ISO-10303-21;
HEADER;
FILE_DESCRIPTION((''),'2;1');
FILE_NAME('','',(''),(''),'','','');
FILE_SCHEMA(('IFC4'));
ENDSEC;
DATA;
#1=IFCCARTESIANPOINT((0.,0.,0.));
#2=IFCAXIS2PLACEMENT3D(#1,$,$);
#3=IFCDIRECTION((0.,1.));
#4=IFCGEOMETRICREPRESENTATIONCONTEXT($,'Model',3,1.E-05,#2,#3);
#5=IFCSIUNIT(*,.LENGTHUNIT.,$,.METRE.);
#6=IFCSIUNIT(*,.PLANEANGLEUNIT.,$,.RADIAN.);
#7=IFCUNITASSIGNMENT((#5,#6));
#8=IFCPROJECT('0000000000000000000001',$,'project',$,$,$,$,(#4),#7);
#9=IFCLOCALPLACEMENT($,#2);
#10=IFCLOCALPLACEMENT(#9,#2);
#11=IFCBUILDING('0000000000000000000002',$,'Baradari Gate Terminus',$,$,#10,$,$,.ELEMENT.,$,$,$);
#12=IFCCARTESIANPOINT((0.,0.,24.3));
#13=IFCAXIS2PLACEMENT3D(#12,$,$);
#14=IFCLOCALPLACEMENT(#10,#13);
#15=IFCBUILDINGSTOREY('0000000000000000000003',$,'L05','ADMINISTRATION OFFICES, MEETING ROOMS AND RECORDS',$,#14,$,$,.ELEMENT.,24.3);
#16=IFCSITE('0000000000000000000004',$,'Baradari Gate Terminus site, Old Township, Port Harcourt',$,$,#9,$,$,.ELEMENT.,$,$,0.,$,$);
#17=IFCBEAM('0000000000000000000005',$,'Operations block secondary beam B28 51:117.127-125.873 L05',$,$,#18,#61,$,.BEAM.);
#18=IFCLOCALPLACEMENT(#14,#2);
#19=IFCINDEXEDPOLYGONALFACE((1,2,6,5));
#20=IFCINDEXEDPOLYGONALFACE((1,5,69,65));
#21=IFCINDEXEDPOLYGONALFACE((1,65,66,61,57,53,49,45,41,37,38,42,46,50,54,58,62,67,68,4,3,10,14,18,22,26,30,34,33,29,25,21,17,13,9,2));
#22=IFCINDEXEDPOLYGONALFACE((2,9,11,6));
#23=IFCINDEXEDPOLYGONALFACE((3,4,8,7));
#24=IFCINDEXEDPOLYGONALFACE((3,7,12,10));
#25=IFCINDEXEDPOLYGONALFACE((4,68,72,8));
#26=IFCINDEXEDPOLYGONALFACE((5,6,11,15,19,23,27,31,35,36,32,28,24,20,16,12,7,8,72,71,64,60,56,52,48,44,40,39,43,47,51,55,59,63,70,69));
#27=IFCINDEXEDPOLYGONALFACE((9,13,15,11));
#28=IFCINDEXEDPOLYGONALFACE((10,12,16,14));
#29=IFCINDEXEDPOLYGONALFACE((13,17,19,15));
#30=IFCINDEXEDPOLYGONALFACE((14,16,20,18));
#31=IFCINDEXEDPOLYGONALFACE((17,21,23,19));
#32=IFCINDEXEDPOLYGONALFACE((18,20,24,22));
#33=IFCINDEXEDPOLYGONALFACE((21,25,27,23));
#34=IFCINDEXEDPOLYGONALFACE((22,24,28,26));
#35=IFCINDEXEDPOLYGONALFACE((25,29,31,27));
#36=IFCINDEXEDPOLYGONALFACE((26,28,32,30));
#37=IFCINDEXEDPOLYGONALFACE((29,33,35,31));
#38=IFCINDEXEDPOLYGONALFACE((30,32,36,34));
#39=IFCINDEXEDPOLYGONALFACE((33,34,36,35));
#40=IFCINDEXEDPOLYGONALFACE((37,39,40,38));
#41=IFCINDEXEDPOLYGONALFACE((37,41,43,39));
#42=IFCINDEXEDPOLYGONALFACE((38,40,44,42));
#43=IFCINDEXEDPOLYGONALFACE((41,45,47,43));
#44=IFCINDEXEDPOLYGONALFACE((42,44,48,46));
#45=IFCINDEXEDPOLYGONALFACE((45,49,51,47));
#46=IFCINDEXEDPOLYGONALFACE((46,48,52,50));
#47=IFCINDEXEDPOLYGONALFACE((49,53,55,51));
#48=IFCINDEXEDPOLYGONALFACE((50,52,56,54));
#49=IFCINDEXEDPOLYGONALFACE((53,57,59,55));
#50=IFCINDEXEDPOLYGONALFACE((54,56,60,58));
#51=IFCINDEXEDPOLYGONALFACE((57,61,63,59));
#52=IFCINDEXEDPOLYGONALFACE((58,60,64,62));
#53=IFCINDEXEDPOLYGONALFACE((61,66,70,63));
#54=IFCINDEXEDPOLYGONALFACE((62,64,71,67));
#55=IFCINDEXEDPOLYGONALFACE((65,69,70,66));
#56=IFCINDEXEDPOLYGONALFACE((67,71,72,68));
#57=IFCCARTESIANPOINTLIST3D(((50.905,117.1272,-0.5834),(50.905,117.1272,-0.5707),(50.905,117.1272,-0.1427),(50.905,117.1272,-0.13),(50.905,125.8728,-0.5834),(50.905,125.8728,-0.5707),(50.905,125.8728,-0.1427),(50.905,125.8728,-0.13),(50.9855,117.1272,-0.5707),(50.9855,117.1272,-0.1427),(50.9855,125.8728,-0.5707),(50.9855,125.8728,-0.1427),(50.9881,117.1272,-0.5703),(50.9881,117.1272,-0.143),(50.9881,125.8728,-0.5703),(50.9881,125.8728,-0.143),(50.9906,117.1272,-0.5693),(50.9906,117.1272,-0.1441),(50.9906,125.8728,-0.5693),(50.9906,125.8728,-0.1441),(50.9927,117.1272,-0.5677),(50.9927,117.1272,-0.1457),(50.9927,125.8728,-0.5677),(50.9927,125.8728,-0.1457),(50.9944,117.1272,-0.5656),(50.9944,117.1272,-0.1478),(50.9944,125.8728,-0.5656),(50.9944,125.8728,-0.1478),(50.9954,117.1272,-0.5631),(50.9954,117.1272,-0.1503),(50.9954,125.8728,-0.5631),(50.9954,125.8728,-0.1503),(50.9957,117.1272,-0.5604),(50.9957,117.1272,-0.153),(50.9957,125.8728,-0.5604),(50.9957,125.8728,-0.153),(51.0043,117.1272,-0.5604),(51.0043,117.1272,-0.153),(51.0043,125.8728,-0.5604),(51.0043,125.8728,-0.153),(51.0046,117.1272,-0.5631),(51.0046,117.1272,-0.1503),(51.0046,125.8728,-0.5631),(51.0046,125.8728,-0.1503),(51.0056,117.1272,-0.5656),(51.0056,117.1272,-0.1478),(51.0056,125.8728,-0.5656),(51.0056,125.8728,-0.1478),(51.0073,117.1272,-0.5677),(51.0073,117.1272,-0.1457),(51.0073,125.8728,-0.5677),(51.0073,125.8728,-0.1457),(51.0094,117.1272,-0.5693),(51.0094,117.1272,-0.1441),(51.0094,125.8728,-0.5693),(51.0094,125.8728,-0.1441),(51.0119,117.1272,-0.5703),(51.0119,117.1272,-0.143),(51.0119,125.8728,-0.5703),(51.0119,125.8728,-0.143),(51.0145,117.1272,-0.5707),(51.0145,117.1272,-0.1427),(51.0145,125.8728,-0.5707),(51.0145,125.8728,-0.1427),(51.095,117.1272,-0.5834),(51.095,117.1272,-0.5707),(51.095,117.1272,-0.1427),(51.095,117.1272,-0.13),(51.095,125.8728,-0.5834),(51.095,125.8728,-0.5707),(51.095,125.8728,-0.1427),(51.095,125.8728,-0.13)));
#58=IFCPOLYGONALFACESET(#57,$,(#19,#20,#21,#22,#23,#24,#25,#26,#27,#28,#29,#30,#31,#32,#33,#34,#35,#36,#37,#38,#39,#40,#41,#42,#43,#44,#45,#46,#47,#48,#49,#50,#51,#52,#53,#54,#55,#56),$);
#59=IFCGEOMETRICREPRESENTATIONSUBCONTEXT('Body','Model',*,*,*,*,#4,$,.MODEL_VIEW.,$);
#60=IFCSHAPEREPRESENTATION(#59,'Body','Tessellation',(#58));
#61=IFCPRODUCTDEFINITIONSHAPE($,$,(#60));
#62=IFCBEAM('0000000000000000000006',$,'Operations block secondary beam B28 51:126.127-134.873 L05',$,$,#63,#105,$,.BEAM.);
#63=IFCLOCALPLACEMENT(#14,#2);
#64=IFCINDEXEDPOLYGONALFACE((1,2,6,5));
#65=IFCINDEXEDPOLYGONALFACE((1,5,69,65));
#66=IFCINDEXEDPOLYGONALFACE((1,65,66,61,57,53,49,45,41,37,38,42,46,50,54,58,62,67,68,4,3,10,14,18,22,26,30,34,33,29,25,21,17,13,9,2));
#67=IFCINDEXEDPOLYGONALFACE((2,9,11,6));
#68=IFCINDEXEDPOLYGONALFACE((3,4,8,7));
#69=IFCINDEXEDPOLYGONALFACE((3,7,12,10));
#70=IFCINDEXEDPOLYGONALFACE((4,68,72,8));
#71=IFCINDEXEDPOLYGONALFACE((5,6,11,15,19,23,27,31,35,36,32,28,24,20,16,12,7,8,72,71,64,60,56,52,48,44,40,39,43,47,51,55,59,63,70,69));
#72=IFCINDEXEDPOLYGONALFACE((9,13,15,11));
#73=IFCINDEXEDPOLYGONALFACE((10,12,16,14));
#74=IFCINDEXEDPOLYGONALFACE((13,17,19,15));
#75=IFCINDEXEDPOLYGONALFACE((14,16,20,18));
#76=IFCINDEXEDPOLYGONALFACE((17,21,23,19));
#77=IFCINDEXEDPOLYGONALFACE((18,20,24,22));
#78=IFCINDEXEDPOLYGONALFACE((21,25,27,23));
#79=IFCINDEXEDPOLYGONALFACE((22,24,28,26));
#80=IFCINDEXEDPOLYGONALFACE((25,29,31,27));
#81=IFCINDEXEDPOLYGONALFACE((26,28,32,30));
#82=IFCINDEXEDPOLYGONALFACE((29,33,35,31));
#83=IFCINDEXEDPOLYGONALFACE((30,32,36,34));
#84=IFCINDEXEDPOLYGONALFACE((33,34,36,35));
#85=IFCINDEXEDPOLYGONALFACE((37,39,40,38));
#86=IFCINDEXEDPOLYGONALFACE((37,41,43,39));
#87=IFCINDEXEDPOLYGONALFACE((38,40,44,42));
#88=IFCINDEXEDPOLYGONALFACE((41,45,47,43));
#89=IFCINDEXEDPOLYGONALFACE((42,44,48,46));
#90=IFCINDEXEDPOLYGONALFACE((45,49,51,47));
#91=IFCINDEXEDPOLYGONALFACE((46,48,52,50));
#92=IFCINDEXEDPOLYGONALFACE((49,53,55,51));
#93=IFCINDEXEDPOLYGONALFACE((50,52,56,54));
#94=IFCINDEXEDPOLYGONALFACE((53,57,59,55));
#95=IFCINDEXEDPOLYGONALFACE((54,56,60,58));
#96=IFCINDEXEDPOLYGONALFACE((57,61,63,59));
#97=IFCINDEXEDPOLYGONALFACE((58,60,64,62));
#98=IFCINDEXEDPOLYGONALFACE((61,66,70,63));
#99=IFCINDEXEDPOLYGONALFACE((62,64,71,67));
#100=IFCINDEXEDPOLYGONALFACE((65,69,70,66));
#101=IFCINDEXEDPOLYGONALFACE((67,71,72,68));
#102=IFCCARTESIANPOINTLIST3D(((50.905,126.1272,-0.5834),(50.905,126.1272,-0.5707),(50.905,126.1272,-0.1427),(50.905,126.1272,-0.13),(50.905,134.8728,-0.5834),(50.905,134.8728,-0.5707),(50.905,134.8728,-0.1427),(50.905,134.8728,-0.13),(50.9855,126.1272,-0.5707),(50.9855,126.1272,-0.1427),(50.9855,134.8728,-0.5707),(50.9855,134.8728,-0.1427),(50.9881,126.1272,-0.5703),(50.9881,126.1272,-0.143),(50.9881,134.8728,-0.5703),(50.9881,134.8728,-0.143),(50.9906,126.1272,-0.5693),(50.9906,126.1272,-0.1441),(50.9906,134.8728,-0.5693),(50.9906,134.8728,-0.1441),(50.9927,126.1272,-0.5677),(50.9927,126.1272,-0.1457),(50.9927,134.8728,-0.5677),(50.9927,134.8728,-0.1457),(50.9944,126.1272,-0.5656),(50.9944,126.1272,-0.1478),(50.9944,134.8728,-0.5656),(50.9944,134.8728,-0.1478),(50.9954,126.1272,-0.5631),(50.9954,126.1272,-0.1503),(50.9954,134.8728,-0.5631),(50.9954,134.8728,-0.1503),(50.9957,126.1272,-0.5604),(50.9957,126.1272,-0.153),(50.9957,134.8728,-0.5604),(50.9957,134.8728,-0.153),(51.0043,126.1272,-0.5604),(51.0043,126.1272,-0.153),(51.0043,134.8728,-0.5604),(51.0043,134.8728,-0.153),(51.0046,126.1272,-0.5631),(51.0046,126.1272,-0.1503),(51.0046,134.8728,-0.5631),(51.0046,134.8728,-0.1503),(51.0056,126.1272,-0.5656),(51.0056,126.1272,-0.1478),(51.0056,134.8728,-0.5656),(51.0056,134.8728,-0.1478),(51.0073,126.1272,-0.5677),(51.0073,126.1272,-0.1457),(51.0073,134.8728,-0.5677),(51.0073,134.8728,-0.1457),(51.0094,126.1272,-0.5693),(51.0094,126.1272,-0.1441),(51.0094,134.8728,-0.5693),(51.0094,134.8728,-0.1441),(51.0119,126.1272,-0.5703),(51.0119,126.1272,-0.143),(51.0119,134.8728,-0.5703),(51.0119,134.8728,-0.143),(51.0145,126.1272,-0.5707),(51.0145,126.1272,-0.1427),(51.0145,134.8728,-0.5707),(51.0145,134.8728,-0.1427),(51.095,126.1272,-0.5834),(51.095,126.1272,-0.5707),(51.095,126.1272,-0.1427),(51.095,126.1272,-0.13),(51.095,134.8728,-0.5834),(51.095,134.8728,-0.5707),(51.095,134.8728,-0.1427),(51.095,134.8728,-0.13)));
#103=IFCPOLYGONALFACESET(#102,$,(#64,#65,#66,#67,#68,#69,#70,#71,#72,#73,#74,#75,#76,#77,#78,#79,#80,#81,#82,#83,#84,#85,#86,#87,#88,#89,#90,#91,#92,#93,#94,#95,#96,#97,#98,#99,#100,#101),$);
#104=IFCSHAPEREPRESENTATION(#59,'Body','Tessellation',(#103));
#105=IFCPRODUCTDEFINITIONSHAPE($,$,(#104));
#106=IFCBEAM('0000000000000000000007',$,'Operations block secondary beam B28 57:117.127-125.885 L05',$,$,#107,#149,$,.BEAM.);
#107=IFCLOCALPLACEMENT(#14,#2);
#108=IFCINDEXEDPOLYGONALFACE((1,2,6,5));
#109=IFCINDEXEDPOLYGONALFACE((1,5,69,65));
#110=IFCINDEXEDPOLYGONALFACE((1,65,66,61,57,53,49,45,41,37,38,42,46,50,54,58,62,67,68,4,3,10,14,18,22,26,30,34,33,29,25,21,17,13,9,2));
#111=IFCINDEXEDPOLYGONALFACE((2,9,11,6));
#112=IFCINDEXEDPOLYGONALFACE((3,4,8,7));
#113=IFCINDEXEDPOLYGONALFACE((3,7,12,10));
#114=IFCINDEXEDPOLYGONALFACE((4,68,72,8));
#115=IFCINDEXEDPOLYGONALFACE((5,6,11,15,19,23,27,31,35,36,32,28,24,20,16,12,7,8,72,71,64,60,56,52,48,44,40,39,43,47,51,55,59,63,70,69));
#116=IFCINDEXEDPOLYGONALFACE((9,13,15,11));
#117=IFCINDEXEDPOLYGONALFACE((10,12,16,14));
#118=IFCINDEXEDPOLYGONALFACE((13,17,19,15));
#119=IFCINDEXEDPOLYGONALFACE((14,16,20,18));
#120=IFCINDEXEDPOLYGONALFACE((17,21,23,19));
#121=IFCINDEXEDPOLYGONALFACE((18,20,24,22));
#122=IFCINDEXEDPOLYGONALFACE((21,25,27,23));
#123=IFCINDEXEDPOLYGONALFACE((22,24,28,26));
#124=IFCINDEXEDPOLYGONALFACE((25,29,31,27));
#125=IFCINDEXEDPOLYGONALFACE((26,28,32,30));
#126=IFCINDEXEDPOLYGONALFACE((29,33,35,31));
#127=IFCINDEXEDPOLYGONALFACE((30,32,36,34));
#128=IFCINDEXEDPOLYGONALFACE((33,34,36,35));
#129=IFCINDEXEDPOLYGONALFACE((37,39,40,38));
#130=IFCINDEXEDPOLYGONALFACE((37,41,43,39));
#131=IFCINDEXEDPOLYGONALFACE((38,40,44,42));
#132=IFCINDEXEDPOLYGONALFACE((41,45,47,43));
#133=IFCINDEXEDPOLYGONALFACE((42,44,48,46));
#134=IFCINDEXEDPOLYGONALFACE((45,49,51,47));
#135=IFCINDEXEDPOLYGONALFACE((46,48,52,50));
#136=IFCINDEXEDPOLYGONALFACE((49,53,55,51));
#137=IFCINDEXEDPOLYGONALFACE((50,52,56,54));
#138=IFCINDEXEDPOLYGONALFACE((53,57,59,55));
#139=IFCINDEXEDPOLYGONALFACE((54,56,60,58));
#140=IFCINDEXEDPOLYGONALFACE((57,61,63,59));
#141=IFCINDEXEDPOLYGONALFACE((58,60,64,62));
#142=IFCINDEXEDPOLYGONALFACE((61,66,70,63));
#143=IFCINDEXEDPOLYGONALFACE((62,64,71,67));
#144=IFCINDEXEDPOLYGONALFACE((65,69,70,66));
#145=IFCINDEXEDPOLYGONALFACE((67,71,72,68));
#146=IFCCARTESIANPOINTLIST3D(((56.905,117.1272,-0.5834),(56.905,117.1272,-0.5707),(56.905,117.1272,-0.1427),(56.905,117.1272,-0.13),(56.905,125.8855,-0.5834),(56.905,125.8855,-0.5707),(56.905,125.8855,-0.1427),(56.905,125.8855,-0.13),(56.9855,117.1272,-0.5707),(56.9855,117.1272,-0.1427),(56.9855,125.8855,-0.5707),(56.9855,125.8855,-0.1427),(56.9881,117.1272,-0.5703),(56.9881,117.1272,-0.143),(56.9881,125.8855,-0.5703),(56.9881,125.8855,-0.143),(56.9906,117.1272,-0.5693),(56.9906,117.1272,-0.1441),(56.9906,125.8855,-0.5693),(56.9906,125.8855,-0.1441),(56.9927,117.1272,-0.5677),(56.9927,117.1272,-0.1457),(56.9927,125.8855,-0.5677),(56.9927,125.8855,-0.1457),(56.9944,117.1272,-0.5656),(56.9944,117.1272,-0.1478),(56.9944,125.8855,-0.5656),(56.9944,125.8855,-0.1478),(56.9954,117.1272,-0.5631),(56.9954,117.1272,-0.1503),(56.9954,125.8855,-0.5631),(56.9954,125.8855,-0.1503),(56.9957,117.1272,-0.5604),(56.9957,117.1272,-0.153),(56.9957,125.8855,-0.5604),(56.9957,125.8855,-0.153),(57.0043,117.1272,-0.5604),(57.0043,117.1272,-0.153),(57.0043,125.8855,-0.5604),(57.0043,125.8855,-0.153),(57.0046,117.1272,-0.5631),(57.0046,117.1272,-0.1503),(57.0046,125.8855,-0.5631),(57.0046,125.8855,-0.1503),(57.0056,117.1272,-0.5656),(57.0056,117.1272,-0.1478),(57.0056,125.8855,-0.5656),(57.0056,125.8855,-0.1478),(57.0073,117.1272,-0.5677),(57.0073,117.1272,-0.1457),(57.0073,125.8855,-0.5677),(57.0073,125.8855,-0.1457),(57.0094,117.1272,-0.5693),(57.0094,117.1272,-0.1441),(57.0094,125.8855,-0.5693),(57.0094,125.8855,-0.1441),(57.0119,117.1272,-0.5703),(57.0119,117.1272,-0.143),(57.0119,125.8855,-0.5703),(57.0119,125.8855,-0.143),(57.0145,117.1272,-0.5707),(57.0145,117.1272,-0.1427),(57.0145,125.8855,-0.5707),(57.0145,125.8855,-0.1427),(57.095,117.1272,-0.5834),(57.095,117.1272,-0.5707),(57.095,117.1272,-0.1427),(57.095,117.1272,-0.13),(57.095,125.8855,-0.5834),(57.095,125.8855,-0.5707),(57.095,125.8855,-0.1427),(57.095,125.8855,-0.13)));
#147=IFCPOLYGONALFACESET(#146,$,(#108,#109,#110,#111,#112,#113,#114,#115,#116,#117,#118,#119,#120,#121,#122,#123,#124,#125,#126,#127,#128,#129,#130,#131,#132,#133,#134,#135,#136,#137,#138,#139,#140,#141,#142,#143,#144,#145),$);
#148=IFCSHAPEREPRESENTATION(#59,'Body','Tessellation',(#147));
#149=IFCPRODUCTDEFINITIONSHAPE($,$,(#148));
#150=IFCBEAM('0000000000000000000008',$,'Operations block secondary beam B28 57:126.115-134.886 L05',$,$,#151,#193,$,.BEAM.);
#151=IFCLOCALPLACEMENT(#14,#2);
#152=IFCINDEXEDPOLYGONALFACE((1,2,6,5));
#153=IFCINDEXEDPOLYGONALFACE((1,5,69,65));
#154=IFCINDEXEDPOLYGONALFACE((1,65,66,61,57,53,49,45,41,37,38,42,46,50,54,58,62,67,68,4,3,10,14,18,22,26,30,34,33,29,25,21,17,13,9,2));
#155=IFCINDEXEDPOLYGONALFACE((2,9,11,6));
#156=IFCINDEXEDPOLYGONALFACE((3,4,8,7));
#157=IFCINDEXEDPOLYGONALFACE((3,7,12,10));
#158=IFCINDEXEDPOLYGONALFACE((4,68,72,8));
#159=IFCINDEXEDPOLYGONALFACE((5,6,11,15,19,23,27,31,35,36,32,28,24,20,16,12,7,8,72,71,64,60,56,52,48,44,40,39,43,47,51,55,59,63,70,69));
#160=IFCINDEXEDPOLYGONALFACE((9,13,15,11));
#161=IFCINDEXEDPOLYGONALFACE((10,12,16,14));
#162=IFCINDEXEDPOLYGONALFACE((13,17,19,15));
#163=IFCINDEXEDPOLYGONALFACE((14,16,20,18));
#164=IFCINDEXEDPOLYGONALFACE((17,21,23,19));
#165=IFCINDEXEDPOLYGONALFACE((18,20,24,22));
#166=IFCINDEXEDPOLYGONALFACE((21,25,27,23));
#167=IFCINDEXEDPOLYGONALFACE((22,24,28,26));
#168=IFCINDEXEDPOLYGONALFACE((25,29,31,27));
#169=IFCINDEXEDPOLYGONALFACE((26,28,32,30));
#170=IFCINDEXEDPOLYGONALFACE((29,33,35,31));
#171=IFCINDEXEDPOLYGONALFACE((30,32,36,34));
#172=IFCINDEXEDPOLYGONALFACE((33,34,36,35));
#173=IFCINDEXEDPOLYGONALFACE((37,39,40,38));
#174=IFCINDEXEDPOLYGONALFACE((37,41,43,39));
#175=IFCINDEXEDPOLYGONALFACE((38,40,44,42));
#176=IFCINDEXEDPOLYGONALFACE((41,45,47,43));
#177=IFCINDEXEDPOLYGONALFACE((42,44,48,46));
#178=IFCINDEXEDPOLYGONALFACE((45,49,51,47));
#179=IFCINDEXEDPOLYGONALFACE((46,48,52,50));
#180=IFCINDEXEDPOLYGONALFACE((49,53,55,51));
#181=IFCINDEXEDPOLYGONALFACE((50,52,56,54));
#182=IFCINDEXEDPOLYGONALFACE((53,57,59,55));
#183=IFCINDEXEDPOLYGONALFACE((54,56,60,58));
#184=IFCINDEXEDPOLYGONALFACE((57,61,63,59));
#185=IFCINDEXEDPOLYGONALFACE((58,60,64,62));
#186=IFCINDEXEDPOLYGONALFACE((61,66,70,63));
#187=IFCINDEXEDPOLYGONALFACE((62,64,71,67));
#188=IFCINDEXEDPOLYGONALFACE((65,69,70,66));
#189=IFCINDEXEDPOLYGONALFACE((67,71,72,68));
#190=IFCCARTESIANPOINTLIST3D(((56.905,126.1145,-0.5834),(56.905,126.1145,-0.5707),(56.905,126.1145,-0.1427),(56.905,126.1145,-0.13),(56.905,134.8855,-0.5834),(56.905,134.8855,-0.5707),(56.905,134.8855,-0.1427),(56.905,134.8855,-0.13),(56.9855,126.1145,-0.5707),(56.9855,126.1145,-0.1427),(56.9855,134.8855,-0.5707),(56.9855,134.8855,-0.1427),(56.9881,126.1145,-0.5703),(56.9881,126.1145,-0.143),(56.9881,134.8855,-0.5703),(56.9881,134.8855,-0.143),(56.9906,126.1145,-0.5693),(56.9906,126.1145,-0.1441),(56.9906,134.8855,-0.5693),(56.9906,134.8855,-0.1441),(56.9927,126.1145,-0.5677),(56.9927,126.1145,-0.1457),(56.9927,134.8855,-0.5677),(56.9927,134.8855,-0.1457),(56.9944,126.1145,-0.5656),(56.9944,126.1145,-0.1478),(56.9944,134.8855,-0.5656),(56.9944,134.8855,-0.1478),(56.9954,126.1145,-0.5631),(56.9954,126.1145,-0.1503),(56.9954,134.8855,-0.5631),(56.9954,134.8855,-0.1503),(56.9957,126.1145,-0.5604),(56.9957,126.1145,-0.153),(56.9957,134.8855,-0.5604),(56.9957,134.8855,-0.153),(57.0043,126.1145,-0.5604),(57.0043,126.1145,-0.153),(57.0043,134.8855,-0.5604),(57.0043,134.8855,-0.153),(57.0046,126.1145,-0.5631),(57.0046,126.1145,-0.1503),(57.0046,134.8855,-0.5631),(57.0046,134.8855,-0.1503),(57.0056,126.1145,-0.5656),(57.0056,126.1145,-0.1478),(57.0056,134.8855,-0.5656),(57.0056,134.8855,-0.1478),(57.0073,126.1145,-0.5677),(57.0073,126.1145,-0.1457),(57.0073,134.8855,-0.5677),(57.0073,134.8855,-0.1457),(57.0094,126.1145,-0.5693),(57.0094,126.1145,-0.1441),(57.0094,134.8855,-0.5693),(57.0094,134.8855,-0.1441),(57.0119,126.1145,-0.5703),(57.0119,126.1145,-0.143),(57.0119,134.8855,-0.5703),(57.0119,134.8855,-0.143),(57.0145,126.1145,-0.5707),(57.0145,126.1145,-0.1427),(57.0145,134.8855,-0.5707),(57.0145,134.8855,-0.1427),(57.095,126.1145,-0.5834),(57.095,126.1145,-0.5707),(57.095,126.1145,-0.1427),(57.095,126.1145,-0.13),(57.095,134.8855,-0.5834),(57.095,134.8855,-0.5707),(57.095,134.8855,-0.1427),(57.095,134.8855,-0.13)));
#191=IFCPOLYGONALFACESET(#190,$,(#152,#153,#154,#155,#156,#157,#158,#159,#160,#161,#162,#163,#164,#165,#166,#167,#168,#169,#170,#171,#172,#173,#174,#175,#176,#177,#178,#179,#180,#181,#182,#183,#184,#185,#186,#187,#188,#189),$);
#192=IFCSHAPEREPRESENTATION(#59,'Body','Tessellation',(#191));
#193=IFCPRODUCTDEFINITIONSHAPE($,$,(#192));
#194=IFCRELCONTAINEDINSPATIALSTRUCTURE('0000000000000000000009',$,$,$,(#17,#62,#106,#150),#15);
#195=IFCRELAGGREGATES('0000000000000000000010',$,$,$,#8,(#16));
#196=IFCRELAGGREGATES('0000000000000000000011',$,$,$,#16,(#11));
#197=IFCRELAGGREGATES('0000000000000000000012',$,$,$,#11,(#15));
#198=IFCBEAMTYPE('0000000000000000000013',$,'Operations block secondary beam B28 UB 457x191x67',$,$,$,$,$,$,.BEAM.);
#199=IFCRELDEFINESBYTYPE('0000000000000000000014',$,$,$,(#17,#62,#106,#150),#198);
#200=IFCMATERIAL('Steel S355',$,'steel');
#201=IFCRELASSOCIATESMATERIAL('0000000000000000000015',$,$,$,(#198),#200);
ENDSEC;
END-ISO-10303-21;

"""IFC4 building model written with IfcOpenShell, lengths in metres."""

from ifc_helpers import new_model, si_unit, direction, frame, origin, origin_2d, place, context, subcontext, project, spatial, i_section, extrude, material, material_profile, profile_set, type_object, element, save


model = new_model("IFC4")

# Units and contexts
model_context = context("Model", 3, precision=1e-05, world=origin(), true_north=direction((0.0, 1.0)))
body_context = subcontext(model_context, "Body", "Model", "MODEL_VIEW")
ifc_project = project(units=[si_unit("LENGTHUNIT", "METRE"), si_unit("PLANEANGLEUNIT", "RADIAN")], contexts=[model_context])

# Site, building, storey
site_placement = place(None, origin())
site = spatial("IfcSite", under=ifc_project, at=site_placement, Name="Baradari Gate Terminus site, Old Township, Port Harcourt", CompositionType="ELEMENT", RefElevation=0.0)
building_placement = place(site_placement, origin())
building = spatial("IfcBuilding", under=site, at=building_placement, Name="Baradari Gate Terminus", CompositionType="ELEMENT")
storey_placement = place(building_placement, frame((0.0, 0.0, 24.3)))
storey = spatial("IfcBuildingStorey", under=building, at=storey_placement, Name="L05", Description="ADMINISTRATION OFFICES, MEETING ROOMS AND RECORDS", CompositionType="ELEMENT", Elevation=24.3)

# Beams
ifc_material_1 = material(Name="Steel S355", Category="steel")
ifc_material_profile_1 = material_profile(ifc_material_1, i_section(OverallWidth=0.1899, OverallDepth=0.4534, WebThickness=0.0085, FlangeThickness=0.0127, FilletRadius=0.0103, at=origin_2d()), Name="UB 457x191x67")
ifc_profile_set_1 = profile_set([ifc_material_profile_1], Name="Steel S355")
beam_type_1 = type_object("IfcBeamType", Name="Operations block secondary beam B28 UB 457x191x67", PredefinedType="BEAM", material=ifc_profile_set_1)
for number, where, z_axis, x_axis, name in (
    (1, (51.0, 117.1272, -0.3567), (0.0, 1.0, 0.0), (-1.0, 0.0, 0.0), "Operations block secondary beam B28 51:117.127-125.873 L05"),
    (2, (51.0, 126.1272, -0.3567), (0.0, 1.0, 0.0), (-1.0, 0.0, 0.0), "Operations block secondary beam B28 51:126.127-134.873 L05"),
):
    element("IfcBeam", number, at=place(storey_placement, frame(where, z_axis=z_axis, x_axis=x_axis)), inside=storey, type_object=beam_type_1, Name=name, PredefinedType="BEAM", context=body_context, shape_type="SweptSolid", body=[
        extrude(i_section(OverallWidth=0.1899, OverallDepth=0.4534, WebThickness=0.0085, FlangeThickness=0.0127, FilletRadius=0.0103, at=origin_2d()), origin(), (0.0, 0.0, 1.0), 8.7456),
    ])
beam_1_placement = place(storey_placement, frame((57.0, 117.1272, -0.3567), z_axis=(0.0, 1.0, 0.0), x_axis=(-1.0, 0.0, 0.0)))
element("IfcBeam", 3, at=beam_1_placement, inside=storey, type_object=beam_type_1, Name="Operations block secondary beam B28 57:117.127-125.885 L05", PredefinedType="BEAM", context=body_context, shape_type="SweptSolid", body=[
    extrude(i_section(OverallWidth=0.1899, OverallDepth=0.4534, WebThickness=0.0085, FlangeThickness=0.0127, FilletRadius=0.0103, at=origin_2d()), origin(), (0.0, 0.0, 1.0), 8.7583),
])
beam_2_placement = place(storey_placement, frame((57.0, 126.1145, -0.3567), z_axis=(0.0, 1.0, 0.0), x_axis=(-1.0, 0.0, 0.0)))
element("IfcBeam", 4, at=beam_2_placement, inside=storey, type_object=beam_type_1, Name="Operations block secondary beam B28 57:126.115-134.886 L05", PredefinedType="BEAM", context=body_context, shape_type="SweptSolid", body=[
    extrude(i_section(OverallWidth=0.1899, OverallDepth=0.4534, WebThickness=0.0085, FlangeThickness=0.0127, FilletRadius=0.0103, at=origin_2d()), origin(), (0.0, 0.0, 1.0), 8.771),
])

save(model, "model.ifc")
